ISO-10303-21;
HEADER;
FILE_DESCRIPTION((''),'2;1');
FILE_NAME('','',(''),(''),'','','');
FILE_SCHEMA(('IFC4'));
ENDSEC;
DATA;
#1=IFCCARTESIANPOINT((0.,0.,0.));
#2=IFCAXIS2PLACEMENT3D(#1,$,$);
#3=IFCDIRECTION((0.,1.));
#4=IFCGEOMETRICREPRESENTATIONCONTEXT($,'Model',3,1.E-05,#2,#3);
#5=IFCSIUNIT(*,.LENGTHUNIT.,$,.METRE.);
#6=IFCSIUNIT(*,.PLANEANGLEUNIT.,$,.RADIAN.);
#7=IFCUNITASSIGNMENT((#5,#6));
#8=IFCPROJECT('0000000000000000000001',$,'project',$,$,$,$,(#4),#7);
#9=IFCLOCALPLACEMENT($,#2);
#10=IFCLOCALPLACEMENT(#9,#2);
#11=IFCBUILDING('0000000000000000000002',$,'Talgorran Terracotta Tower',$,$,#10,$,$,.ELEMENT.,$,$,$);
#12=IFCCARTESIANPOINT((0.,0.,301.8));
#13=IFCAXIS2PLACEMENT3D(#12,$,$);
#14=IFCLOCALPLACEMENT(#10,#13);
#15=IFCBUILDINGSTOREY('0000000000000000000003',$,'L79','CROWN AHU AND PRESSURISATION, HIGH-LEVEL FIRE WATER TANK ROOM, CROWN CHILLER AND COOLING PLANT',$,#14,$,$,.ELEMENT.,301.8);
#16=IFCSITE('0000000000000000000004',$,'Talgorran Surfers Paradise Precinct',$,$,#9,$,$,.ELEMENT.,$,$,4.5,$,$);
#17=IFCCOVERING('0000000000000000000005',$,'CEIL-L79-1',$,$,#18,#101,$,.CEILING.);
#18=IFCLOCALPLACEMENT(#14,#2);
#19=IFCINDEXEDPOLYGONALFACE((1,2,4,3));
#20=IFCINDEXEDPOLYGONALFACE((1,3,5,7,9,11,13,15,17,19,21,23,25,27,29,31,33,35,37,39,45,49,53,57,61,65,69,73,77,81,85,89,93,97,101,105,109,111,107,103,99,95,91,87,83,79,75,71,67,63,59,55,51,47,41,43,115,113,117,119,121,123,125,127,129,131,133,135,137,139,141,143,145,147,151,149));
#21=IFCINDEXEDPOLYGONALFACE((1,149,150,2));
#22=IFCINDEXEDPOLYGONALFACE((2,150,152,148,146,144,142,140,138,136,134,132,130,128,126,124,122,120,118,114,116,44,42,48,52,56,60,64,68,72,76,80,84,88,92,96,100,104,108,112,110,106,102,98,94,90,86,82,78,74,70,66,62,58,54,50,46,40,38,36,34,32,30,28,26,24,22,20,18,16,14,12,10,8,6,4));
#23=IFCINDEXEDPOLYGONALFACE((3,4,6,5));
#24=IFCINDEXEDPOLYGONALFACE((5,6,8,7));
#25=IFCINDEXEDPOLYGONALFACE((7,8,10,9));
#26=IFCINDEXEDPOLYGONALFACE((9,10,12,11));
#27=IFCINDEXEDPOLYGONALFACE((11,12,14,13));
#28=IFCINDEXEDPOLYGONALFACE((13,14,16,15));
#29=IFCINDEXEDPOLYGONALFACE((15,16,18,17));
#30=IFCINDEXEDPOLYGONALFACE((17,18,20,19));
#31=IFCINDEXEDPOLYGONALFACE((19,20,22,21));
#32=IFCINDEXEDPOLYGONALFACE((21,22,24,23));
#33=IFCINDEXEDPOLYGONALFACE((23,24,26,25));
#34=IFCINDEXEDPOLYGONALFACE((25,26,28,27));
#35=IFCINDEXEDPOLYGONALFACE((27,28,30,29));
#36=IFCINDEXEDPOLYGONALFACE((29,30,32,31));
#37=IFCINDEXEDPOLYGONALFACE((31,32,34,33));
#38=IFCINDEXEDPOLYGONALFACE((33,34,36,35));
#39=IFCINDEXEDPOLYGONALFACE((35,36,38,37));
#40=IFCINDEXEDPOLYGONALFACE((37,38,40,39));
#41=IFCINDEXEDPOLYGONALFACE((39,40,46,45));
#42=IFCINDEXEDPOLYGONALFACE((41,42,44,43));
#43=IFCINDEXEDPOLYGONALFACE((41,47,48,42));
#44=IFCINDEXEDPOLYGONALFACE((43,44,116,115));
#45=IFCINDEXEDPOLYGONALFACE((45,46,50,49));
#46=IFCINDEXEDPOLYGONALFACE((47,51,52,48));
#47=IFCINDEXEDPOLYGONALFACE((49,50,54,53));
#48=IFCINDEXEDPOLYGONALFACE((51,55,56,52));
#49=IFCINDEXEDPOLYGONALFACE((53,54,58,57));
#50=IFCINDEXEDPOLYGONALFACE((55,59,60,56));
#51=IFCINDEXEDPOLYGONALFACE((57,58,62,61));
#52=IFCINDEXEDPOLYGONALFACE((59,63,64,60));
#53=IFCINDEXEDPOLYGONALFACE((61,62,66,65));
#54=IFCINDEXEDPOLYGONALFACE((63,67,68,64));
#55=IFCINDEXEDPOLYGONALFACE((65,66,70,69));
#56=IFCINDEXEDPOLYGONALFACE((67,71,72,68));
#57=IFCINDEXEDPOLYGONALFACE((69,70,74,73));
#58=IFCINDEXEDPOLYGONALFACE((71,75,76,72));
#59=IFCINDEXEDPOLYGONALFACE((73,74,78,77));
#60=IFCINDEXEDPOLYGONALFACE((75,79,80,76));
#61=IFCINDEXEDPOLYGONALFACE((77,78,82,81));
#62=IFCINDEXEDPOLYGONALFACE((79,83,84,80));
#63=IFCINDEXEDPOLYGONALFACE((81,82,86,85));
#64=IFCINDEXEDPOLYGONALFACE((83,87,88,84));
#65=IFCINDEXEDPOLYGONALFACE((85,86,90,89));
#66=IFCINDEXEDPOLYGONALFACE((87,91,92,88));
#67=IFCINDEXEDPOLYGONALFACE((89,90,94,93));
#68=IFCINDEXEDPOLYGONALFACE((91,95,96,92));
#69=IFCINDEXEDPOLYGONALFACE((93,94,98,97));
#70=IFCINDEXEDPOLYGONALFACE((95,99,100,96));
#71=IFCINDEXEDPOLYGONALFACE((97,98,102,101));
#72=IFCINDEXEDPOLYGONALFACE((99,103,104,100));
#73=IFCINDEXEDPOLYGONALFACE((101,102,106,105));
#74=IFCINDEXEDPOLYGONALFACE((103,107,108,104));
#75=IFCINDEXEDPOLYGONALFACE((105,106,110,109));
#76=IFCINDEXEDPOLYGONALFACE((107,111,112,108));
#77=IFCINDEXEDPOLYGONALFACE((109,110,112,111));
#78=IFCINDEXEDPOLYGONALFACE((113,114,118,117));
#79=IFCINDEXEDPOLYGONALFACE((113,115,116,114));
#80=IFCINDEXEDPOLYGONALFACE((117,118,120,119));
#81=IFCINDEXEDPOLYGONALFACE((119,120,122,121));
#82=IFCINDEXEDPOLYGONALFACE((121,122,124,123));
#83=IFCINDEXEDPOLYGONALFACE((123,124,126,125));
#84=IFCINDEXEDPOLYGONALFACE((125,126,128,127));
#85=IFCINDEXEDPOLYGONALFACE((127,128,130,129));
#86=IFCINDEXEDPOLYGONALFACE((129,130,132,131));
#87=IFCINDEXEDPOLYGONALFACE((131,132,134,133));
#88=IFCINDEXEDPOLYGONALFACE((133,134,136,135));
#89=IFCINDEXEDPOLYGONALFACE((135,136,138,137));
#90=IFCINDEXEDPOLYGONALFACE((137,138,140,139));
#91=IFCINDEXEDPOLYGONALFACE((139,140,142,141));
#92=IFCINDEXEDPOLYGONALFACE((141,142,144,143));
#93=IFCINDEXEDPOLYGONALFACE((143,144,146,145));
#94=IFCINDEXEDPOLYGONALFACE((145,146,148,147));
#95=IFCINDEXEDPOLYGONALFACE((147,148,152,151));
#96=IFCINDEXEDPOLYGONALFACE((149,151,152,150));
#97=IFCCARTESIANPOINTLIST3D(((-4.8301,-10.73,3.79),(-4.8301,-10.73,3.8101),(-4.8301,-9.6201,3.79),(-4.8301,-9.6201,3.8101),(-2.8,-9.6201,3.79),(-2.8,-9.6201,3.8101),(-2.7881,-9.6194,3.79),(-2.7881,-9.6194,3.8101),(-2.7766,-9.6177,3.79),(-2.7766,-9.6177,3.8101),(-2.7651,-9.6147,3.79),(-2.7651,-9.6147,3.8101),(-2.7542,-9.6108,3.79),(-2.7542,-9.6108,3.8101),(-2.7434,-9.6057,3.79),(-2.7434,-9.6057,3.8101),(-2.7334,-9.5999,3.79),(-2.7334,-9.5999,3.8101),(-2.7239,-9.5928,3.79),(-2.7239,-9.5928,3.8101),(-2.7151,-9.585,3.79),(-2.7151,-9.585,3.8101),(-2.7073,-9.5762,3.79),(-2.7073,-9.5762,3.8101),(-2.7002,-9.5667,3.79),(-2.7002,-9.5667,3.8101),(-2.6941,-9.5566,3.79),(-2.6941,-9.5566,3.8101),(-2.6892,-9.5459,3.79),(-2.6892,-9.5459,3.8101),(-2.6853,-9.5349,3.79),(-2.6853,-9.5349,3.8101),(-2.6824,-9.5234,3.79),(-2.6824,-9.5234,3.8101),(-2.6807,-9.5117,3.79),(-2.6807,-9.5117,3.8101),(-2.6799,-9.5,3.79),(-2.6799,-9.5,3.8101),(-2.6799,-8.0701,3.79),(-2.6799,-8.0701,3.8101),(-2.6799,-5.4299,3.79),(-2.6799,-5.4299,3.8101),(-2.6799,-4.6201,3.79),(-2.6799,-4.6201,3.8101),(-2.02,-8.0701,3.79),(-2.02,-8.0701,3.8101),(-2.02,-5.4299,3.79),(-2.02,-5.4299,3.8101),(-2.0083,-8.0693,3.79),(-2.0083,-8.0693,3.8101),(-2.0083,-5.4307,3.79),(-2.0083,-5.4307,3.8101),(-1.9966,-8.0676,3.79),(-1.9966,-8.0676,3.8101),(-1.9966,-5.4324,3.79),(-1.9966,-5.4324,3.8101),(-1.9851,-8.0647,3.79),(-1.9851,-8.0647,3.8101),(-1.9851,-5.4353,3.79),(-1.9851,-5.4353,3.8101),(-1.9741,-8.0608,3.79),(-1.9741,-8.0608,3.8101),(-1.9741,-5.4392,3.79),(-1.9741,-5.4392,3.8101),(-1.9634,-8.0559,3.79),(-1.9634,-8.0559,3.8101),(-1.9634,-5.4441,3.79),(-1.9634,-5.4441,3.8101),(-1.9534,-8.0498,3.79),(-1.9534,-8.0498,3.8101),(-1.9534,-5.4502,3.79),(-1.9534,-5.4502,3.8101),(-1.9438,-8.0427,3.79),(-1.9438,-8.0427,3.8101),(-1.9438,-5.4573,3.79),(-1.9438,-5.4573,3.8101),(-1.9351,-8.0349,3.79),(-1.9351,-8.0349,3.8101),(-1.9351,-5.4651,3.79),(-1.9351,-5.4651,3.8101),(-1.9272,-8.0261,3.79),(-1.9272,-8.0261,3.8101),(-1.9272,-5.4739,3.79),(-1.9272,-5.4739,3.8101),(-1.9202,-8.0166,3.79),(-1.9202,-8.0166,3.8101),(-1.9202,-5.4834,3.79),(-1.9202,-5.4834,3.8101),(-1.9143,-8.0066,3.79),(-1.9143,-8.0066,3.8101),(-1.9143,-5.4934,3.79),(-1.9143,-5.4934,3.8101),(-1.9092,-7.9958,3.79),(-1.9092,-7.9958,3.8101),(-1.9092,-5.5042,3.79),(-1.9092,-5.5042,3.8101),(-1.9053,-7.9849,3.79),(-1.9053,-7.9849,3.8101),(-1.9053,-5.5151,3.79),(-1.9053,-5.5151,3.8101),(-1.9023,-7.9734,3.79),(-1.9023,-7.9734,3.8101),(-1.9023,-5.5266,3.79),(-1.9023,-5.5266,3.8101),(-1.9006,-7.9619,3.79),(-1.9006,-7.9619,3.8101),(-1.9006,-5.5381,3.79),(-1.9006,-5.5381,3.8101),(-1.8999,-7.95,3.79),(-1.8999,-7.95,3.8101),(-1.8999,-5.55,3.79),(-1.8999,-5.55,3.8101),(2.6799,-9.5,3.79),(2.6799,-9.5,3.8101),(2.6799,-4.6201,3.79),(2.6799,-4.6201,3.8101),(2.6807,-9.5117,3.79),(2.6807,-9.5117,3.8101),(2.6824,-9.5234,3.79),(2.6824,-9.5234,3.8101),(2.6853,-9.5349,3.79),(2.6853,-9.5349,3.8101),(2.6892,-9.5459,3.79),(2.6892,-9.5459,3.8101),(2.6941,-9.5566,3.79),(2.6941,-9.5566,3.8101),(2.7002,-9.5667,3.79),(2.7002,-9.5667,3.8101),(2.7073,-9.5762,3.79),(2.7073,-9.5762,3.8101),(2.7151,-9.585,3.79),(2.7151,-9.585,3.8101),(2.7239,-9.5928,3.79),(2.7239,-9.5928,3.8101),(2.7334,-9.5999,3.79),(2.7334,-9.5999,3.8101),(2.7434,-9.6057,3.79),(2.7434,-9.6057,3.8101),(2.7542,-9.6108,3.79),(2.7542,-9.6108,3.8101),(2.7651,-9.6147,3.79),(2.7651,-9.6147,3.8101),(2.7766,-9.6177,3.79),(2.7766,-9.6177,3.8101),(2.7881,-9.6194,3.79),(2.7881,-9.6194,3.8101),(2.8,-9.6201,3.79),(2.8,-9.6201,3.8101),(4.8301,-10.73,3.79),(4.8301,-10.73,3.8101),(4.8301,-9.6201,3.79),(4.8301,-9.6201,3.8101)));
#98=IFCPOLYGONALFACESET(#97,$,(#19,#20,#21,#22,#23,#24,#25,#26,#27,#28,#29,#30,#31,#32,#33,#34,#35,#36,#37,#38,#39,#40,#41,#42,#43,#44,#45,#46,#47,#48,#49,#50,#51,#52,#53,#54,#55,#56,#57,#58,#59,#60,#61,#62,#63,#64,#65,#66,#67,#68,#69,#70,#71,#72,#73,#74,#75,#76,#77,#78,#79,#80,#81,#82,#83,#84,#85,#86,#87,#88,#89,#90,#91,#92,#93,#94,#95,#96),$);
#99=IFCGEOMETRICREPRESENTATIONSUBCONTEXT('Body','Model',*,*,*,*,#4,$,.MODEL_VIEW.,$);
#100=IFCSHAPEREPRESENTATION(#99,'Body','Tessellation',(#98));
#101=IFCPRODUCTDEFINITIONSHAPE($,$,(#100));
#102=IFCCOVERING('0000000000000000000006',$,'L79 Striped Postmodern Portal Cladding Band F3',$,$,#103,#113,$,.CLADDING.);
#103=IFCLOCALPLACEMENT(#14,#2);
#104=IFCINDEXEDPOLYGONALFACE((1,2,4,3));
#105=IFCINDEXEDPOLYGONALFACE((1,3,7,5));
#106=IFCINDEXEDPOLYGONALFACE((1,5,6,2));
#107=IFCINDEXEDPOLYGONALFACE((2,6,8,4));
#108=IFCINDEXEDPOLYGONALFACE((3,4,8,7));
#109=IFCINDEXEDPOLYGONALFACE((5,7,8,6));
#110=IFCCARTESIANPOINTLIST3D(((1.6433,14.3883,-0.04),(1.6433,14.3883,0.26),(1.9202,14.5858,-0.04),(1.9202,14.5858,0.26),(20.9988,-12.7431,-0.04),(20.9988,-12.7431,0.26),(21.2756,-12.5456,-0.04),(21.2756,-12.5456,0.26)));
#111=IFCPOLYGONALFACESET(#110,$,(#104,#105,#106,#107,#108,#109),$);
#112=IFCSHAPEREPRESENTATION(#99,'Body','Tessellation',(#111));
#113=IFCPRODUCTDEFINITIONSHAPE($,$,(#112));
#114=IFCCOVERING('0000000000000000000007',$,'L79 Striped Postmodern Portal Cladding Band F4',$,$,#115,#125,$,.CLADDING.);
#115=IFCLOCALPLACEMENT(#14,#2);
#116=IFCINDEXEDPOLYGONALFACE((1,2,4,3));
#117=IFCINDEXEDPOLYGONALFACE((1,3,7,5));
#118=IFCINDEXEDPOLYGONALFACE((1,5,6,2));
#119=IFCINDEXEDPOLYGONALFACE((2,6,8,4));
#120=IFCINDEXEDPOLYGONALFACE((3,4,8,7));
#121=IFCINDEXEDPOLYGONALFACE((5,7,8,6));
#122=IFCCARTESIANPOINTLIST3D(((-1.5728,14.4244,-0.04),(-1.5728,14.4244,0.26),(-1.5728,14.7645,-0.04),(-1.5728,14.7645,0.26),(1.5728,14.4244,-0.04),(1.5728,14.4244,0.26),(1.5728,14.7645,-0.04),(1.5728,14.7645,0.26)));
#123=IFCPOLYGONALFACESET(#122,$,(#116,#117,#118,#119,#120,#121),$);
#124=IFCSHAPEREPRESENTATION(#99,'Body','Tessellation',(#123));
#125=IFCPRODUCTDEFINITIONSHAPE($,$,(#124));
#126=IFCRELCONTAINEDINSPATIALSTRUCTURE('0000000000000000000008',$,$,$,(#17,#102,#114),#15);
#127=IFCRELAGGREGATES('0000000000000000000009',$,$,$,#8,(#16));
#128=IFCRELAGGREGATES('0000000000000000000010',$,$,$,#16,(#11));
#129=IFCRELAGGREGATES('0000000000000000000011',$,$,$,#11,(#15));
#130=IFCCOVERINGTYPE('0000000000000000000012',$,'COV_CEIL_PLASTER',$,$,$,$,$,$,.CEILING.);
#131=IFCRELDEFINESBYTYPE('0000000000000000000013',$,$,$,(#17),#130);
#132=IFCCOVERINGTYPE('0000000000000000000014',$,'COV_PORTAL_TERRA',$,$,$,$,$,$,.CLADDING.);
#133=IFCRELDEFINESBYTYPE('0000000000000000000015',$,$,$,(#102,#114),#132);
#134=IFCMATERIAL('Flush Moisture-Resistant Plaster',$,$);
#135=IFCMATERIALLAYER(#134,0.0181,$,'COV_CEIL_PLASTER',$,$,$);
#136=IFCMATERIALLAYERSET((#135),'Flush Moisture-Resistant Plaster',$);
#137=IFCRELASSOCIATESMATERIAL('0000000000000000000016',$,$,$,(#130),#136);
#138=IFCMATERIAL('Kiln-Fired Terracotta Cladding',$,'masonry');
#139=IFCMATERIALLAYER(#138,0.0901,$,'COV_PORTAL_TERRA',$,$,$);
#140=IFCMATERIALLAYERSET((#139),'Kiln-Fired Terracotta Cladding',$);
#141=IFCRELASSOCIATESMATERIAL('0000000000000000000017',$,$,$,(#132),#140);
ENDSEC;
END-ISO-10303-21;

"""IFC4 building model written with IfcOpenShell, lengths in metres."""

from ifc_helpers import new_model, si_unit, direction, frame, origin, origin_2d, place, context, subcontext, project, spatial, polyline, rectangle, outline, extrude, material, layer, layer_set, type_object, element, save


model = new_model("IFC4")

# Units and contexts
model_context = context("Model", 3, precision=1e-05, world=origin(), true_north=direction((0.0, 1.0)))
body_context = subcontext(model_context, "Body", "Model", "MODEL_VIEW")
ifc_project = project(units=[si_unit("LENGTHUNIT", "METRE"), si_unit("PLANEANGLEUNIT", "RADIAN")], contexts=[model_context])

# Site, building, storey
site_placement = place(None, origin())
site = spatial("IfcSite", under=ifc_project, at=site_placement, Name="Talgorran Surfers Paradise Precinct", CompositionType="ELEMENT", RefElevation=4.5)
building_placement = place(site_placement, origin())
building = spatial("IfcBuilding", under=site, at=building_placement, Name="Talgorran Terracotta Tower", CompositionType="ELEMENT")
storey_placement = place(building_placement, frame((0.0, 0.0, 301.8)))
storey = spatial("IfcBuildingStorey", under=building, at=storey_placement, Name="L79", Description="CROWN AHU AND PRESSURISATION, HIGH-LEVEL FIRE WATER TANK ROOM, CROWN CHILLER AND COOLING PLANT", CompositionType="ELEMENT", Elevation=301.8)

# Coverings
ifc_material_1 = material(Name="Flush Moisture-Resistant Plaster")
ifc_layer_1 = layer(ifc_material_1, 0.0181, Name="COV_CEIL_PLASTER")
ifc_layer_set_1 = layer_set([ifc_layer_1], Name="Flush Moisture-Resistant Plaster")
covering_type_1 = type_object("IfcCoveringType", Name="COV_CEIL_PLASTER", PredefinedType="CEILING", material=ifc_layer_set_1)
covering_1_placement = place(storey_placement, frame((0.0, 0.0, 3.79)))
element("IfcCovering", 1, at=covering_1_placement, inside=storey, type_object=covering_type_1, Name="CEIL-L79-1", PredefinedType="CEILING", context=body_context, shape_type="SweptSolid", body=[
    extrude(outline(polyline([(2.6799, -4.6201), (2.6799, -9.5), (2.6807, -9.5117), (2.6824, -9.5234), (2.6853, -9.5349), (2.6892, -9.5459), (2.6941, -9.5566), (2.7002, -9.5667), (2.7073, -9.5762), (2.7151, -9.585), (2.7239, -9.5928), (2.7334, -9.5999), (2.7434, -9.6057), (2.7542, -9.6108), (2.7651, -9.6147), (2.7766, -9.6177), (2.7881, -9.6194), (2.8, -9.6201), (4.8301, -9.6201), (4.8301, -10.73), (-4.8301, -10.73), (-4.8301, -9.6201), (-2.8, -9.6201), (-2.7881, -9.6194), (-2.7766, -9.6177), (-2.7651, -9.6147), (-2.7542, -9.6108), (-2.7434, -9.6057), (-2.7334, -9.5999), (-2.7239, -9.5928), (-2.7151, -9.585), (-2.7073, -9.5762), (-2.7002, -9.5667), (-2.6941, -9.5566), (-2.6892, -9.5459), (-2.6853, -9.5349), (-2.6824, -9.5234), (-2.6807, -9.5117), (-2.6799, -9.5), (-2.6799, -8.0701), (-2.02, -8.0701), (-2.0083, -8.0693), (-1.9966, -8.0676), (-1.9851, -8.0647), (-1.9741, -8.0608), (-1.9634, -8.0559), (-1.9534, -8.0498), (-1.9438, -8.0427), (-1.9351, -8.0349), (-1.9272, -8.0261), (-1.9202, -8.0166), (-1.9143, -8.0066), (-1.9092, -7.9958), (-1.9053, -7.9849), (-1.9023, -7.9734), (-1.9006, -7.9619), (-1.8999, -7.95), (-1.8999, -5.55), (-1.9006, -5.5381), (-1.9023, -5.5266), (-1.9053, -5.5151), (-1.9092, -5.5042), (-1.9143, -5.4934), (-1.9202, -5.4834), (-1.9272, -5.4739), (-1.9351, -5.4651), (-1.9438, -5.4573), (-1.9534, -5.4502), (-1.9634, -5.4441), (-1.9741, -5.4392), (-1.9851, -5.4353), (-1.9966, -5.4324), (-2.0083, -5.4307), (-2.02, -5.4299), (-2.6799, -5.4299), (-2.6799, -4.6201), (2.6799, -4.6201)])), origin(), (0.0, 0.0, 1.0), 0.02),
])
ifc_material_2 = material(Name="Kiln-Fired Terracotta Cladding", Category="masonry")
ifc_layer_2 = layer(ifc_material_2, 0.0901, Name="COV_PORTAL_TERRA")
ifc_layer_set_2 = layer_set([ifc_layer_2], Name="Kiln-Fired Terracotta Cladding")
covering_type_2 = type_object("IfcCoveringType", Name="COV_PORTAL_TERRA", PredefinedType="CLADDING", material=ifc_layer_set_2)
covering_2_placement = place(storey_placement, frame((11.4595, 0.9214, -0.04), z_axis=(0.0, 0.0, 1.0), x_axis=(-0.58076, 0.814075, 0.0)))
element("IfcCovering", 2, at=covering_2_placement, inside=storey, type_object=covering_type_2, Name="L79 Striped Postmodern Portal Cladding Band F3", PredefinedType="CLADDING", context=body_context, shape_type="SweptSolid", body=[
    extrude(rectangle(XDim=33.3279, YDim=0.3401, at=origin_2d()), origin(), (0.0, 0.0, 1.0), 0.3),
])
covering_3_placement = place(storey_placement, frame((0.0, 14.5945, -0.04), z_axis=(0.0, 0.0, 1.0), x_axis=(-1.0, 0.0, 0.0)))
element("IfcCovering", 3, at=covering_3_placement, inside=storey, type_object=covering_type_2, Name="L79 Striped Postmodern Portal Cladding Band F4", PredefinedType="CLADDING", context=body_context, shape_type="SweptSolid", body=[
    extrude(rectangle(XDim=3.1455, YDim=0.3401, at=origin_2d()), origin(), (0.0, 0.0, 1.0), 0.3),
])

save(model, "model.ifc")
